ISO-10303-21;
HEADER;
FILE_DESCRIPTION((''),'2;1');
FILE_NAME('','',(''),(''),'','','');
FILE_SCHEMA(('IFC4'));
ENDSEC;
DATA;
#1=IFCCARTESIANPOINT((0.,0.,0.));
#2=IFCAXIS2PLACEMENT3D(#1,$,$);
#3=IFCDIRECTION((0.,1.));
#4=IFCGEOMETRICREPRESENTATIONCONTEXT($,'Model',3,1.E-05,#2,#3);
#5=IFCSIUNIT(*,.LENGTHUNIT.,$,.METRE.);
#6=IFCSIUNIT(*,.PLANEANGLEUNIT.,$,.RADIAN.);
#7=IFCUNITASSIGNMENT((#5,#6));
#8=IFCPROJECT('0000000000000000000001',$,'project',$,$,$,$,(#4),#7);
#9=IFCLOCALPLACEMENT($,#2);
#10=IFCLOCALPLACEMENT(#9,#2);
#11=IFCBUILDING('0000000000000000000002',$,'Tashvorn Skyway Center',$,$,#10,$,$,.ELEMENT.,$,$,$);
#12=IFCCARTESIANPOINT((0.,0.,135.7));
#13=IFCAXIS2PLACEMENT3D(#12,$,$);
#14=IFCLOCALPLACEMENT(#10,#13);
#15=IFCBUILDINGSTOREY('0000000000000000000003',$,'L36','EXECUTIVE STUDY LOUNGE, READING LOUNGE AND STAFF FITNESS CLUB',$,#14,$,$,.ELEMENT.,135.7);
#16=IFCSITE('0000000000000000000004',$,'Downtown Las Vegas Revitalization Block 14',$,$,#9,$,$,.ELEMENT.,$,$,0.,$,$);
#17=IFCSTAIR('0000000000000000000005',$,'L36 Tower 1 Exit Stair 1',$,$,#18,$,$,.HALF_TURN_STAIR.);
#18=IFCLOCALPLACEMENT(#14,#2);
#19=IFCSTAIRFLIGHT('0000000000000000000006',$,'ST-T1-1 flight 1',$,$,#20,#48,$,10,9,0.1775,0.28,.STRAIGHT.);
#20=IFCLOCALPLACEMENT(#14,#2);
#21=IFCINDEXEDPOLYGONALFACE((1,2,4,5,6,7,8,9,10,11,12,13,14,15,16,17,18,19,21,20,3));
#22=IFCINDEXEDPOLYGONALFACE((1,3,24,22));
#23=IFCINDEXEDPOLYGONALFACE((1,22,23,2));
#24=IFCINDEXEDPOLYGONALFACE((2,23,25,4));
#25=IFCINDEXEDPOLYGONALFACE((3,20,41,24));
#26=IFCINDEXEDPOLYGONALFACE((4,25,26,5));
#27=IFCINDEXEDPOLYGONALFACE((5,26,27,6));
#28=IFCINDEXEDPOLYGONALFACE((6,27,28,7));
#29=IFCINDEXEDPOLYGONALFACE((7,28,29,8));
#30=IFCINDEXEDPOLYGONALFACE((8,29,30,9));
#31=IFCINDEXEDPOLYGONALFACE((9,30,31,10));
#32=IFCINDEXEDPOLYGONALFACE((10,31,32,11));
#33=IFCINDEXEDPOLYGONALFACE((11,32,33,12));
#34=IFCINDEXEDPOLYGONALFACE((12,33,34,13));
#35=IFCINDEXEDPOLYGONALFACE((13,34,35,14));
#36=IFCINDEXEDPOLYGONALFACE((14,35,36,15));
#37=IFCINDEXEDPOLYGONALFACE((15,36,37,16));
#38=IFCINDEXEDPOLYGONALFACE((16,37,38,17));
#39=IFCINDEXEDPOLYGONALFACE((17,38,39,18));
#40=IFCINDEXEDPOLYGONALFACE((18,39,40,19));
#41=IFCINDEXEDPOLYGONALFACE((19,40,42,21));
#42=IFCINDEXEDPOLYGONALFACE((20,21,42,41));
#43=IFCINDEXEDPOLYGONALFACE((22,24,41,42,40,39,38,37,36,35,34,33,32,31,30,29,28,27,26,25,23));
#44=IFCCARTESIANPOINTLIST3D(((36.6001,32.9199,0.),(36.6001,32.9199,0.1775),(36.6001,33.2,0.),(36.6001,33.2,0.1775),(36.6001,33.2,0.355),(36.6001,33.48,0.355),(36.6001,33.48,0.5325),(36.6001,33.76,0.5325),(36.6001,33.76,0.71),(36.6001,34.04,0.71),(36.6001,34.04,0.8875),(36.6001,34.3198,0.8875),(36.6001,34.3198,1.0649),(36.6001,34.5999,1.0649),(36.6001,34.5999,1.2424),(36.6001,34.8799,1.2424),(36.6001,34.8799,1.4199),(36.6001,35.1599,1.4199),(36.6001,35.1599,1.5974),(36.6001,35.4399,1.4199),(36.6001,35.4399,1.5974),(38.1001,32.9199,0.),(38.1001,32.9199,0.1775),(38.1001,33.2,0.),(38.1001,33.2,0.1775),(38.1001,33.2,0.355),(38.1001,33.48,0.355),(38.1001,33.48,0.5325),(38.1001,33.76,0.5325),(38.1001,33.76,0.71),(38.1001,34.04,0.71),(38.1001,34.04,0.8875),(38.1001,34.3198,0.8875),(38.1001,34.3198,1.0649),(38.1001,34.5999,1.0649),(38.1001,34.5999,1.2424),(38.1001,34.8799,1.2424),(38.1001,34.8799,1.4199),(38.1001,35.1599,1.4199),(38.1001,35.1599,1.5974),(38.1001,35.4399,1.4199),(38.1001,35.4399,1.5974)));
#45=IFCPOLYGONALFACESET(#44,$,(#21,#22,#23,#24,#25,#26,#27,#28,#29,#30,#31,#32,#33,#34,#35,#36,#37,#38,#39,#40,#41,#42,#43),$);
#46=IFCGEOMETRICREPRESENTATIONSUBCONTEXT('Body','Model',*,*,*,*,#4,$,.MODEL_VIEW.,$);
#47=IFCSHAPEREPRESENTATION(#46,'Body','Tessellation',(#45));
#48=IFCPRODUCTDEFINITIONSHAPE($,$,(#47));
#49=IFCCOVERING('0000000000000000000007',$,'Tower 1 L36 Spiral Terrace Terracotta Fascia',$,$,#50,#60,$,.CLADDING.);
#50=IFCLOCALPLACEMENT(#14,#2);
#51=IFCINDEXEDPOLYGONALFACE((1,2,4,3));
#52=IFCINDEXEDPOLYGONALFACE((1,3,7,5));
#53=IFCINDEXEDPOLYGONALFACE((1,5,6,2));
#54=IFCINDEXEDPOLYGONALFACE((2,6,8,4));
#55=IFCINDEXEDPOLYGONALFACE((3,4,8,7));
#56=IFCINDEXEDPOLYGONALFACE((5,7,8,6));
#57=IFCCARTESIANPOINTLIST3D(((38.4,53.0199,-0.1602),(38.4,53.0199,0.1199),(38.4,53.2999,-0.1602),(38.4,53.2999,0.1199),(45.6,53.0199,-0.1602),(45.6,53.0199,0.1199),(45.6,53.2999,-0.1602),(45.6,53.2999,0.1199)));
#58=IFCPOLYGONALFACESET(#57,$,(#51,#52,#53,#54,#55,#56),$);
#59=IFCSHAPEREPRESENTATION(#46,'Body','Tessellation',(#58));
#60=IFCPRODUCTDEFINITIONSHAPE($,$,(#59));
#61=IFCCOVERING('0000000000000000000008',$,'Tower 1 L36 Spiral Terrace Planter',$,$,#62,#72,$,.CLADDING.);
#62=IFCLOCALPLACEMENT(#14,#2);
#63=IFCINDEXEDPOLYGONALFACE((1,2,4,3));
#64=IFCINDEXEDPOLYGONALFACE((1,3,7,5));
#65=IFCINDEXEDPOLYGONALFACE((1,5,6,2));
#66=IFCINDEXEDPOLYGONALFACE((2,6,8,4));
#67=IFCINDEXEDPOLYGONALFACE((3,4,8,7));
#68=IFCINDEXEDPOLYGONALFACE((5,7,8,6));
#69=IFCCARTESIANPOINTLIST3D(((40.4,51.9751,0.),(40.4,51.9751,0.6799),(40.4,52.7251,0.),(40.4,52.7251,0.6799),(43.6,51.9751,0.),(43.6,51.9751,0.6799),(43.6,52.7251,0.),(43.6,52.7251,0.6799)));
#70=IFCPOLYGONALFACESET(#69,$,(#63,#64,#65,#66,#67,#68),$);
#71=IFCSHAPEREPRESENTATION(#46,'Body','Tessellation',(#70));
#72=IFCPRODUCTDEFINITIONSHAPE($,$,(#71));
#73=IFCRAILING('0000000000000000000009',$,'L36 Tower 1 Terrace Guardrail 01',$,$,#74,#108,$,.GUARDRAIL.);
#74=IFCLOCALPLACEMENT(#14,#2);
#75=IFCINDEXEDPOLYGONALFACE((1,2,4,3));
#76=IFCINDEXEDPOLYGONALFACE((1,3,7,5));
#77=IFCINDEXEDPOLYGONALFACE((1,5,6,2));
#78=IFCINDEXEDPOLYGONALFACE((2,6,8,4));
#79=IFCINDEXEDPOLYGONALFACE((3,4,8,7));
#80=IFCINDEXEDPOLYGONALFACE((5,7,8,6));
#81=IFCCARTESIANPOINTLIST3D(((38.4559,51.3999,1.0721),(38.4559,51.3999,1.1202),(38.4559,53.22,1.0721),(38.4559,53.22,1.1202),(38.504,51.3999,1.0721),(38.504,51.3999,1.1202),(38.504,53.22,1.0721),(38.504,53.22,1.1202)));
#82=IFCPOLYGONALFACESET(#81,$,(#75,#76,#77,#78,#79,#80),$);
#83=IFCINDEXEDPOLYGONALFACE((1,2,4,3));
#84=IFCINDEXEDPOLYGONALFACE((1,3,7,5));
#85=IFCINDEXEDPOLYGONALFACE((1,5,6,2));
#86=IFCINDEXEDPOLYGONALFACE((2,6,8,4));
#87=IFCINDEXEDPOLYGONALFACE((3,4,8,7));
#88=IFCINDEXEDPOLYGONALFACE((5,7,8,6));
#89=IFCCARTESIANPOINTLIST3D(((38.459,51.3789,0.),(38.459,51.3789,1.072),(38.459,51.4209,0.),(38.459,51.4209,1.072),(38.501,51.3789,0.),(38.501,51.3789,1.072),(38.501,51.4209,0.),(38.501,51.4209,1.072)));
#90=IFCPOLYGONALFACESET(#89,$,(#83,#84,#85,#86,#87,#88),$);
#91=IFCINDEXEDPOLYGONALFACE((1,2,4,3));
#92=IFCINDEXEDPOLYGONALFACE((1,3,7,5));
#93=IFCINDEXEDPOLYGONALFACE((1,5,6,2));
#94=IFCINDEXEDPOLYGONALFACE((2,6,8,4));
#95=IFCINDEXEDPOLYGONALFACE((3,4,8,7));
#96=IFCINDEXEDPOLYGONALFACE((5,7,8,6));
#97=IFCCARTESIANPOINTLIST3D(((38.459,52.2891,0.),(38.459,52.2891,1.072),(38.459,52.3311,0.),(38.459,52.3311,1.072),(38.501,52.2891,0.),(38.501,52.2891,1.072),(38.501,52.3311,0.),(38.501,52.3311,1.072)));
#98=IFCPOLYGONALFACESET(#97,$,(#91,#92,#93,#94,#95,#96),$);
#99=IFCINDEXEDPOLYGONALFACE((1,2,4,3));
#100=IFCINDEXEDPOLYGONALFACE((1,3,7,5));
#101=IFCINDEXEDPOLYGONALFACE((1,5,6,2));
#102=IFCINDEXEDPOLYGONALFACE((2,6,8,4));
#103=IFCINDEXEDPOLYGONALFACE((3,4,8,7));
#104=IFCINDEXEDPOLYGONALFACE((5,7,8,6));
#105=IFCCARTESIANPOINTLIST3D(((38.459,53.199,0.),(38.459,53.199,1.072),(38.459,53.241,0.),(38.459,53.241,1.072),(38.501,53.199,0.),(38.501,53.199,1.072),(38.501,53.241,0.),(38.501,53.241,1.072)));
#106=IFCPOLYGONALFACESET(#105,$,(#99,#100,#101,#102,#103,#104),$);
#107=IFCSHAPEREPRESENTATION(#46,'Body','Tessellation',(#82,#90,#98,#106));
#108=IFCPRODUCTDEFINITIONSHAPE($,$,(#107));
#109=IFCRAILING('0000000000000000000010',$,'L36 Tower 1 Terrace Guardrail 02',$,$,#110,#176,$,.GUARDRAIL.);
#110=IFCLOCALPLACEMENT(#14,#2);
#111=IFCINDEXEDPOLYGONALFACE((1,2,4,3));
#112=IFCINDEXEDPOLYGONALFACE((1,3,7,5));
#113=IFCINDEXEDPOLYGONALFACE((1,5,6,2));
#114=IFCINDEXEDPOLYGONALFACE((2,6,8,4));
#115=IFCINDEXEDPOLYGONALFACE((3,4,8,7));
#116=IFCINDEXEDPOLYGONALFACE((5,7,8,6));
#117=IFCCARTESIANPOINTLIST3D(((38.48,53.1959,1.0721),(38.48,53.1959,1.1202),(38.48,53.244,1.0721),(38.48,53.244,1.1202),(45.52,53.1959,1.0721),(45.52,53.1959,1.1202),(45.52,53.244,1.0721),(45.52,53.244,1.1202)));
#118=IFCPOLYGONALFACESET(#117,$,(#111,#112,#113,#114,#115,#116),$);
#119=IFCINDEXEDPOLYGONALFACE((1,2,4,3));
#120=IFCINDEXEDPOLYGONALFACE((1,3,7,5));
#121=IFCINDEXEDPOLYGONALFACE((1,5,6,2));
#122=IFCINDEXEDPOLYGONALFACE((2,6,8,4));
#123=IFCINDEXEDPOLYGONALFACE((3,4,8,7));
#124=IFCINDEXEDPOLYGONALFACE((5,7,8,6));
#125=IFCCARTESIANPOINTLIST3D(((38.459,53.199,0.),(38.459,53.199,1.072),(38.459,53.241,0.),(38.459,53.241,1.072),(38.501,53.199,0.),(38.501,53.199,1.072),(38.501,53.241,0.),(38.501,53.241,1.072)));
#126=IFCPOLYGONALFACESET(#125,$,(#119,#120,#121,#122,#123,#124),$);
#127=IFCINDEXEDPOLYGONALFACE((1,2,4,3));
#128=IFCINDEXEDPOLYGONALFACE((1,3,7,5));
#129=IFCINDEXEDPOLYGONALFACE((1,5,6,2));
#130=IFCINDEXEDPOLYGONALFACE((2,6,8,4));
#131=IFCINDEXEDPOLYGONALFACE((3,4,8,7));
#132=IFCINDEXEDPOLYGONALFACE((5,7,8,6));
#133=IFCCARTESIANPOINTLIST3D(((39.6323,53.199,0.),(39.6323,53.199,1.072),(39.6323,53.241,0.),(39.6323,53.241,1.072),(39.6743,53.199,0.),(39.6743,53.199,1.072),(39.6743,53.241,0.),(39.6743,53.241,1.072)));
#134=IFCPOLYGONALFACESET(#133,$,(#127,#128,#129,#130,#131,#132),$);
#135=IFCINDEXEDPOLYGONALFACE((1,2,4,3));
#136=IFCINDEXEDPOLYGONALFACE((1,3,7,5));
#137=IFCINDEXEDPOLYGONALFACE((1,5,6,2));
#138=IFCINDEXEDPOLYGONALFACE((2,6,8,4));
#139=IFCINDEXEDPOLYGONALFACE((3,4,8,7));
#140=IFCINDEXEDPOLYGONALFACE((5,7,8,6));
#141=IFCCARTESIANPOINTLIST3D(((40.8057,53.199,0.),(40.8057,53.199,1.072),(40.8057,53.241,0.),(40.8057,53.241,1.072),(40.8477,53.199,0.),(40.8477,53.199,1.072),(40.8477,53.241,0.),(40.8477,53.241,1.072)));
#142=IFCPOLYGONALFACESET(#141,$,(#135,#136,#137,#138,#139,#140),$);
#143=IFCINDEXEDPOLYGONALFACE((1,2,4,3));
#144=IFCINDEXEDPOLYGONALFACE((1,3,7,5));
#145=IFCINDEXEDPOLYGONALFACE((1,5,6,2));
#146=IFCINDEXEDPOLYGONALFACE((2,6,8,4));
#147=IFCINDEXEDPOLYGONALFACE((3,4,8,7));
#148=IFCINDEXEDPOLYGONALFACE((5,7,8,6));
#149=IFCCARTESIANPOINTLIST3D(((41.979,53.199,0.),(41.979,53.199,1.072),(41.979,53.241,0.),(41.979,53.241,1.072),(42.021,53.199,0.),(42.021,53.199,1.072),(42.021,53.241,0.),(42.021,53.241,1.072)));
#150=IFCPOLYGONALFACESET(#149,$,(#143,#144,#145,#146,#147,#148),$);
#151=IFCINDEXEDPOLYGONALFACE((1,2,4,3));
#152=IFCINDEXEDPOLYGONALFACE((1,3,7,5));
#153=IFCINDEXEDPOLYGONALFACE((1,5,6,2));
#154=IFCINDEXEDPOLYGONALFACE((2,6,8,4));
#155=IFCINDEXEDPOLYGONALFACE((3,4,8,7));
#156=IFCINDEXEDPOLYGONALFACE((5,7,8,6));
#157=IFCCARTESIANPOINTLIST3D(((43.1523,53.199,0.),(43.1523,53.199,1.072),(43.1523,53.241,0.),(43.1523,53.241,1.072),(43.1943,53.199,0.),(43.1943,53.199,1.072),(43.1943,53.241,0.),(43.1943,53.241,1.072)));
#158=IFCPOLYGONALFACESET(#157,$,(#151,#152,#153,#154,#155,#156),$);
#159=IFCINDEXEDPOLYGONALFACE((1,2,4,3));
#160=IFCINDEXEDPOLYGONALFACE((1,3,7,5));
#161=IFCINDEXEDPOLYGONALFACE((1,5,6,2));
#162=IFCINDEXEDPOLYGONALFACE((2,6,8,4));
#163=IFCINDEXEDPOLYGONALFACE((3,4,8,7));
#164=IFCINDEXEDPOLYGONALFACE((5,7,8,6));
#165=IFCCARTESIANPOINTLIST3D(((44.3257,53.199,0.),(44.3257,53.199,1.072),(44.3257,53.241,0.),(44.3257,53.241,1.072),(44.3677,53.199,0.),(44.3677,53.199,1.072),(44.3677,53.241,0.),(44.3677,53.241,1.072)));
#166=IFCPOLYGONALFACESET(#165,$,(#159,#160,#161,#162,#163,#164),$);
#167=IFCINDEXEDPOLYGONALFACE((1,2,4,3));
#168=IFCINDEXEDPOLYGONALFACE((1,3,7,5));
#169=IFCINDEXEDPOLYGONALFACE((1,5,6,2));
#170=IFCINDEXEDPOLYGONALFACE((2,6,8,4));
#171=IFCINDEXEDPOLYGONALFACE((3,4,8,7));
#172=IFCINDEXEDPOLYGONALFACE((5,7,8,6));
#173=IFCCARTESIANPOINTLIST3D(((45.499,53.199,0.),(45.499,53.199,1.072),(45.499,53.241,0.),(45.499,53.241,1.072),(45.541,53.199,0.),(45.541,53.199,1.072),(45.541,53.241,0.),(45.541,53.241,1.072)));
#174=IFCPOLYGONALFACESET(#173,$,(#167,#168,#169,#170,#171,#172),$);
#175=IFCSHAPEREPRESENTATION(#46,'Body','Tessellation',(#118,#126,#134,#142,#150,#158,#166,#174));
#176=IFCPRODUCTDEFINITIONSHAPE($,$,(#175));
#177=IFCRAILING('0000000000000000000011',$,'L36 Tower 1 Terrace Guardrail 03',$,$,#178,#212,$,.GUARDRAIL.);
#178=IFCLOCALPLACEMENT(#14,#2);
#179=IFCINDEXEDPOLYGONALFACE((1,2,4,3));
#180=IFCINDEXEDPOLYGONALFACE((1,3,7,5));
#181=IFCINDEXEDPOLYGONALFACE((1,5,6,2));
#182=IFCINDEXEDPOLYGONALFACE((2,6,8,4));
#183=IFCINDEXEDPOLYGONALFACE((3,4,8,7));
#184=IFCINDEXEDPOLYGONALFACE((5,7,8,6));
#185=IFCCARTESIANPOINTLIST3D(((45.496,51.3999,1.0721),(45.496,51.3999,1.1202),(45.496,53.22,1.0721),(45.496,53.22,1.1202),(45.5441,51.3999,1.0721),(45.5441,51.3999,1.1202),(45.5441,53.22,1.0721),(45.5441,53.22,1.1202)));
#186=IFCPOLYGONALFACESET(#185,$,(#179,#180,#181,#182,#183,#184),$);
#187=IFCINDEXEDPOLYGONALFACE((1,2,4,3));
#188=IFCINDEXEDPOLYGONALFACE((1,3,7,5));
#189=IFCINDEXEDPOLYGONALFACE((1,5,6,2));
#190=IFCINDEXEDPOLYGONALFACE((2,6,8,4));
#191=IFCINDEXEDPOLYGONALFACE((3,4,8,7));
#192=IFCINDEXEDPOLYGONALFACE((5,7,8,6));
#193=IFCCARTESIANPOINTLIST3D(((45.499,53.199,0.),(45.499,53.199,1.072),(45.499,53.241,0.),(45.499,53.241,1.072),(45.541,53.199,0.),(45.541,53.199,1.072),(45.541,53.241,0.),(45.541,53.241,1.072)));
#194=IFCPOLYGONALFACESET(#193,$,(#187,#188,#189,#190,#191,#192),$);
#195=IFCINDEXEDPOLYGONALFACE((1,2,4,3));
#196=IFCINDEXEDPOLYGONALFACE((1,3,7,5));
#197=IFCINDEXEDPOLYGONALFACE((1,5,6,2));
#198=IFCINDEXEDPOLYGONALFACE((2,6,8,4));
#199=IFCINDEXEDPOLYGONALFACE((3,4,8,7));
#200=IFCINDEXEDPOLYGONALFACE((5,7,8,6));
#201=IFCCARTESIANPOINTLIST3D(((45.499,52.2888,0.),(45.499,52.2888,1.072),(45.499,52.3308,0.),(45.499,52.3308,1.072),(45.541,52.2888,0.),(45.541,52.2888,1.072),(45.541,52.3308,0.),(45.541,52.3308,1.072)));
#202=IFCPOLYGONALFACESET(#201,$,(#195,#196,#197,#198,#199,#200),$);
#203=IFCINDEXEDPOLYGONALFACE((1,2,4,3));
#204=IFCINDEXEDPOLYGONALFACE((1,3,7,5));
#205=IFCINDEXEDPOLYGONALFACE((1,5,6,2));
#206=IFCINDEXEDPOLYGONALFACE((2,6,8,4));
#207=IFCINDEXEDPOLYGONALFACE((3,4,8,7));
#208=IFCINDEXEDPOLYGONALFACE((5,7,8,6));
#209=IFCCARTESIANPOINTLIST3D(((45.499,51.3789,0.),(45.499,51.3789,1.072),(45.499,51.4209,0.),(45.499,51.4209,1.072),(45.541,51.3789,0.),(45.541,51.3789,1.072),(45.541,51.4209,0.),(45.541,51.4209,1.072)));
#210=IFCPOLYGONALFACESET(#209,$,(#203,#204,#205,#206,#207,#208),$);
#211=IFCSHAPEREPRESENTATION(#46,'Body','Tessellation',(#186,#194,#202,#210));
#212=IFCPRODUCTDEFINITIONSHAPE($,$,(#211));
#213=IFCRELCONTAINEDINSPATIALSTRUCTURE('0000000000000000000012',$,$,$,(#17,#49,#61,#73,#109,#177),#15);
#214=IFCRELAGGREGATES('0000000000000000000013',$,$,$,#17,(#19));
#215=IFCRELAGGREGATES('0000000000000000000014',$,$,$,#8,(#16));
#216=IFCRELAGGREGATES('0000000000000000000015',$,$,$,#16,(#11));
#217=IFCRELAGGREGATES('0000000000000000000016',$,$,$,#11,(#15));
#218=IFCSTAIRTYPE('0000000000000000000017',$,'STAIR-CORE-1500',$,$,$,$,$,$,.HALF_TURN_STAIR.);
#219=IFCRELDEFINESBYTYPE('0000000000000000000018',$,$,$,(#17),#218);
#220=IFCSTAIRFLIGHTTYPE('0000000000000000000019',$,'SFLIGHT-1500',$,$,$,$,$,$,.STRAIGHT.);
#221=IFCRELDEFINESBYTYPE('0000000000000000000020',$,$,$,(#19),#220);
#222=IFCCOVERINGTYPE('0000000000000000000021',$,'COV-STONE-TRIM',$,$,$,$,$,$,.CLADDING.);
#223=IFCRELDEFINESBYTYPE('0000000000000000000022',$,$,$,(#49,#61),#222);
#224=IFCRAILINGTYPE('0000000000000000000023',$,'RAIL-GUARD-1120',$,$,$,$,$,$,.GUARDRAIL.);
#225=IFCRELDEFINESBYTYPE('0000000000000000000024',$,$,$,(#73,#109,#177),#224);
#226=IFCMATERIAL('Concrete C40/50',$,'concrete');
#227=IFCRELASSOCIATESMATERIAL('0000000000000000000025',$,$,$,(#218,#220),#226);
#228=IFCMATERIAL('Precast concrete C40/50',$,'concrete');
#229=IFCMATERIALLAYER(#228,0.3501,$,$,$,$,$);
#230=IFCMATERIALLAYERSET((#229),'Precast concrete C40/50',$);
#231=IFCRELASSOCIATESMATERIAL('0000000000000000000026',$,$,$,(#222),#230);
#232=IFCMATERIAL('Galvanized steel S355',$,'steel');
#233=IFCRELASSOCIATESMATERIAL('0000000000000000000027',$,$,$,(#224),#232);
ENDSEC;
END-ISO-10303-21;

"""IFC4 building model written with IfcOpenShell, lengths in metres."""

from ifc_helpers import new_model, si_unit, direction, frame, origin, origin_2d, place, context, subcontext, project, spatial, polyline, rectangle, outline, extrude, material, layer, layer_set, type_object, element, aggregate, save


model = new_model("IFC4")

# Units and contexts
model_context = context("Model", 3, precision=1e-05, world=origin(), true_north=direction((0.0, 1.0)))
body_context = subcontext(model_context, "Body", "Model", "MODEL_VIEW")
ifc_project = project(units=[si_unit("LENGTHUNIT", "METRE"), si_unit("PLANEANGLEUNIT", "RADIAN")], contexts=[model_context])

# Site, building, storey
site_placement = place(None, origin())
site = spatial("IfcSite", under=ifc_project, at=site_placement, Name="Downtown Las Vegas Revitalization Block 14", CompositionType="ELEMENT", RefElevation=0.0)
building_placement = place(site_placement, origin())
building = spatial("IfcBuilding", under=site, at=building_placement, Name="Tashvorn Skyway Center", CompositionType="ELEMENT")
storey_placement = place(building_placement, frame((0.0, 0.0, 135.7)))
storey = spatial("IfcBuildingStorey", under=building, at=storey_placement, Name="L36", Description="EXECUTIVE STUDY LOUNGE, READING LOUNGE AND STAFF FITNESS CLUB", CompositionType="ELEMENT", Elevation=135.7)

# Shared definitions
ifc_material_1 = material(Name="Precast concrete C40/50", Category="concrete")

# Shared definitions
ifc_material_2 = material(Name="Concrete C40/50", Category="concrete")

# Stair, stair flight
stair_type = type_object("IfcStairType", Name="STAIR-CORE-1500", PredefinedType="HALF_TURN_STAIR", material=ifc_material_2)
stair_placement = place(storey_placement, origin())
stair = element("IfcStair", 1, at=stair_placement, inside=storey, type_object=stair_type, Name="L36 Tower 1 Exit Stair 1", PredefinedType="HALF_TURN_STAIR")
stair_flight_type = type_object("IfcStairFlightType", Name="SFLIGHT-1500", PredefinedType="STRAIGHT", material=ifc_material_2)
stair_flight_placement = place(storey_placement, frame((37.3501, 32.9199, 0.0), z_axis=(0.0, 0.0, 1.0), x_axis=(0.0, 1.0, 0.0)))
stair_flight = element("IfcStairFlight", 2, at=stair_flight_placement, type_object=stair_flight_type, Name="ST-T1-1 flight 1", NumberOfRisers=10, NumberOfTreads=9, PredefinedType="STRAIGHT", RiserHeight=0.1775, TreadLength=0.28, context=body_context, shape_type="SweptSolid", body=[
    extrude(outline(polyline([(0.0, 0.0), (0.0, 0.1775), (0.28, 0.1775), (0.28, 0.355), (0.5601, 0.355), (0.5601, 0.5325), (0.8401, 0.5325), (0.8401, 0.71), (1.1201, 0.71), (1.1201, 0.8875), (1.3999, 0.8875), (1.3999, 1.0649), (1.6799, 1.0649), (1.6799, 1.2424), (1.96, 1.2424), (1.96, 1.4199), (2.24, 1.4199), (2.24, 1.5974), (2.52, 1.5974), (2.52, 1.7749), (2.52, 1.4199), (0.28, 0.0), (0.0, 0.0)])), frame((0.0, 0.75, 0.0), z_axis=(0.0, -1.0, 0.0), x_axis=(1.0, 0.0, 0.0)), (0.0, 0.0, 1.0), 1.5),
])
aggregate(stair, [stair_flight])

# Coverings
ifc_layer_1 = layer(ifc_material_1, 0.3501)
ifc_layer_set_1 = layer_set([ifc_layer_1], Name="Precast concrete C40/50")
covering_type = type_object("IfcCoveringType", Name="COV-STONE-TRIM", PredefinedType="CLADDING", material=ifc_layer_set_1)
covering_1_placement = place(storey_placement, frame((42.0, 53.1599, -0.1602), z_axis=(0.0, 0.0, 1.0), x_axis=(1.0, 0.0, 0.0)))
element("IfcCovering", 3, at=covering_1_placement, inside=storey, type_object=covering_type, Name="Tower 1 L36 Spiral Terrace Terracotta Fascia", PredefinedType="CLADDING", context=body_context, shape_type="SweptSolid", body=[
    extrude(rectangle(XDim=7.2, YDim=0.28, at=origin_2d()), origin(), (0.0, 0.0, 1.0), 0.28),
])
covering_2_placement = place(storey_placement, frame((42.0, 52.3501, 0.0), z_axis=(0.0, 0.0, 1.0), x_axis=(1.0, 0.0, 0.0)))
element("IfcCovering", 4, at=covering_2_placement, inside=storey, type_object=covering_type, Name="Tower 1 L36 Spiral Terrace Planter", PredefinedType="CLADDING", context=body_context, shape_type="SweptSolid", body=[
    extrude(rectangle(XDim=3.2, YDim=0.75, at=origin_2d()), origin(), (0.0, 0.0, 1.0), 0.6799),
])

# Railings
ifc_material_3 = material(Name="Galvanized steel S355", Category="steel")
railing_type_1 = type_object("IfcRailingType", Name="RAIL-GUARD-1120", PredefinedType="GUARDRAIL", material=ifc_material_3)
railing_1_placement = place(storey_placement, frame((38.48, 51.3999, 0.0)))
element("IfcRailing", 5, at=railing_1_placement, inside=storey, type_object=railing_type_1, Name="L36 Tower 1 Terrace Guardrail 01", PredefinedType="GUARDRAIL", context=body_context, shape_type="SweptSolid", body=[
    extrude(rectangle(XDim=0.0481, YDim=0.0481, at=origin_2d()), frame((0.0, 0.0, 1.0962), z_axis=(0.0, 1.0, 0.0), x_axis=(-1.0, 0.0, 0.0)), (0.0, 0.0, 1.0), 1.8201),
    extrude(rectangle(XDim=0.042, YDim=0.042, at=origin_2d()), origin(), (0.0, 0.0, 1.0), 1.072),
    extrude(rectangle(XDim=0.042, YDim=0.042, at=origin_2d()), frame((0.0, 0.9102, 0.0)), (0.0, 0.0, 1.0), 1.072),
    extrude(rectangle(XDim=0.042, YDim=0.042, at=origin_2d()), frame((0.0, 1.8201, 0.0)), (0.0, 0.0, 1.0), 1.072),
])
railing_2_placement = place(storey_placement, frame((38.48, 53.22, 0.0)))
element("IfcRailing", 6, at=railing_2_placement, inside=storey, type_object=railing_type_1, Name="L36 Tower 1 Terrace Guardrail 02", PredefinedType="GUARDRAIL", context=body_context, shape_type="SweptSolid", body=[
    extrude(rectangle(XDim=0.0481, YDim=0.0481, at=origin_2d()), frame((0.0, 0.0, 1.0962), z_axis=(1.0, 0.0, 0.0), x_axis=(0.0, 1.0, 0.0)), (0.0, 0.0, 1.0), 7.04),
    extrude(rectangle(XDim=0.042, YDim=0.042, at=origin_2d()), origin(), (0.0, 0.0, 1.0), 1.072),
    extrude(rectangle(XDim=0.042, YDim=0.042, at=origin_2d()), frame((1.1733, 0.0, 0.0)), (0.0, 0.0, 1.0), 1.072),
    extrude(rectangle(XDim=0.042, YDim=0.042, at=origin_2d()), frame((2.3467, 0.0, 0.0)), (0.0, 0.0, 1.0), 1.072),
    extrude(rectangle(XDim=0.042, YDim=0.042, at=origin_2d()), frame((3.52, 0.0, 0.0)), (0.0, 0.0, 1.0), 1.072),
    extrude(rectangle(XDim=0.042, YDim=0.042, at=origin_2d()), frame((4.6934, 0.0, 0.0)), (0.0, 0.0, 1.0), 1.072),
    extrude(rectangle(XDim=0.042, YDim=0.042, at=origin_2d()), frame((5.8667, 0.0, 0.0)), (0.0, 0.0, 1.0), 1.072),
    extrude(rectangle(XDim=0.042, YDim=0.042, at=origin_2d()), frame((7.04, 0.0, 0.0)), (0.0, 0.0, 1.0), 1.072),
])
railing_3_placement = place(storey_placement, frame((45.52, 53.22, 0.0)))
element("IfcRailing", 7, at=railing_3_placement, inside=storey, type_object=railing_type_1, Name="L36 Tower 1 Terrace Guardrail 03", PredefinedType="GUARDRAIL", context=body_context, shape_type="SweptSolid", body=[
    extrude(rectangle(XDim=0.0481, YDim=0.0481, at=origin_2d()), frame((0.0, 0.0, 1.0962), z_axis=(0.0, -1.0, 0.0), x_axis=(1.0, 0.0, 0.0)), (0.0, 0.0, 1.0), 1.8201),
    extrude(rectangle(XDim=0.042, YDim=0.042, at=origin_2d()), origin(), (0.0, 0.0, 1.0), 1.072),
    extrude(rectangle(XDim=0.042, YDim=0.042, at=origin_2d()), frame((0.0, -0.9102, 0.0)), (0.0, 0.0, 1.0), 1.072),
    extrude(rectangle(XDim=0.042, YDim=0.042, at=origin_2d()), frame((0.0, -1.8201, 0.0)), (0.0, 0.0, 1.0), 1.072),
])

save(model, "model.ifc")
